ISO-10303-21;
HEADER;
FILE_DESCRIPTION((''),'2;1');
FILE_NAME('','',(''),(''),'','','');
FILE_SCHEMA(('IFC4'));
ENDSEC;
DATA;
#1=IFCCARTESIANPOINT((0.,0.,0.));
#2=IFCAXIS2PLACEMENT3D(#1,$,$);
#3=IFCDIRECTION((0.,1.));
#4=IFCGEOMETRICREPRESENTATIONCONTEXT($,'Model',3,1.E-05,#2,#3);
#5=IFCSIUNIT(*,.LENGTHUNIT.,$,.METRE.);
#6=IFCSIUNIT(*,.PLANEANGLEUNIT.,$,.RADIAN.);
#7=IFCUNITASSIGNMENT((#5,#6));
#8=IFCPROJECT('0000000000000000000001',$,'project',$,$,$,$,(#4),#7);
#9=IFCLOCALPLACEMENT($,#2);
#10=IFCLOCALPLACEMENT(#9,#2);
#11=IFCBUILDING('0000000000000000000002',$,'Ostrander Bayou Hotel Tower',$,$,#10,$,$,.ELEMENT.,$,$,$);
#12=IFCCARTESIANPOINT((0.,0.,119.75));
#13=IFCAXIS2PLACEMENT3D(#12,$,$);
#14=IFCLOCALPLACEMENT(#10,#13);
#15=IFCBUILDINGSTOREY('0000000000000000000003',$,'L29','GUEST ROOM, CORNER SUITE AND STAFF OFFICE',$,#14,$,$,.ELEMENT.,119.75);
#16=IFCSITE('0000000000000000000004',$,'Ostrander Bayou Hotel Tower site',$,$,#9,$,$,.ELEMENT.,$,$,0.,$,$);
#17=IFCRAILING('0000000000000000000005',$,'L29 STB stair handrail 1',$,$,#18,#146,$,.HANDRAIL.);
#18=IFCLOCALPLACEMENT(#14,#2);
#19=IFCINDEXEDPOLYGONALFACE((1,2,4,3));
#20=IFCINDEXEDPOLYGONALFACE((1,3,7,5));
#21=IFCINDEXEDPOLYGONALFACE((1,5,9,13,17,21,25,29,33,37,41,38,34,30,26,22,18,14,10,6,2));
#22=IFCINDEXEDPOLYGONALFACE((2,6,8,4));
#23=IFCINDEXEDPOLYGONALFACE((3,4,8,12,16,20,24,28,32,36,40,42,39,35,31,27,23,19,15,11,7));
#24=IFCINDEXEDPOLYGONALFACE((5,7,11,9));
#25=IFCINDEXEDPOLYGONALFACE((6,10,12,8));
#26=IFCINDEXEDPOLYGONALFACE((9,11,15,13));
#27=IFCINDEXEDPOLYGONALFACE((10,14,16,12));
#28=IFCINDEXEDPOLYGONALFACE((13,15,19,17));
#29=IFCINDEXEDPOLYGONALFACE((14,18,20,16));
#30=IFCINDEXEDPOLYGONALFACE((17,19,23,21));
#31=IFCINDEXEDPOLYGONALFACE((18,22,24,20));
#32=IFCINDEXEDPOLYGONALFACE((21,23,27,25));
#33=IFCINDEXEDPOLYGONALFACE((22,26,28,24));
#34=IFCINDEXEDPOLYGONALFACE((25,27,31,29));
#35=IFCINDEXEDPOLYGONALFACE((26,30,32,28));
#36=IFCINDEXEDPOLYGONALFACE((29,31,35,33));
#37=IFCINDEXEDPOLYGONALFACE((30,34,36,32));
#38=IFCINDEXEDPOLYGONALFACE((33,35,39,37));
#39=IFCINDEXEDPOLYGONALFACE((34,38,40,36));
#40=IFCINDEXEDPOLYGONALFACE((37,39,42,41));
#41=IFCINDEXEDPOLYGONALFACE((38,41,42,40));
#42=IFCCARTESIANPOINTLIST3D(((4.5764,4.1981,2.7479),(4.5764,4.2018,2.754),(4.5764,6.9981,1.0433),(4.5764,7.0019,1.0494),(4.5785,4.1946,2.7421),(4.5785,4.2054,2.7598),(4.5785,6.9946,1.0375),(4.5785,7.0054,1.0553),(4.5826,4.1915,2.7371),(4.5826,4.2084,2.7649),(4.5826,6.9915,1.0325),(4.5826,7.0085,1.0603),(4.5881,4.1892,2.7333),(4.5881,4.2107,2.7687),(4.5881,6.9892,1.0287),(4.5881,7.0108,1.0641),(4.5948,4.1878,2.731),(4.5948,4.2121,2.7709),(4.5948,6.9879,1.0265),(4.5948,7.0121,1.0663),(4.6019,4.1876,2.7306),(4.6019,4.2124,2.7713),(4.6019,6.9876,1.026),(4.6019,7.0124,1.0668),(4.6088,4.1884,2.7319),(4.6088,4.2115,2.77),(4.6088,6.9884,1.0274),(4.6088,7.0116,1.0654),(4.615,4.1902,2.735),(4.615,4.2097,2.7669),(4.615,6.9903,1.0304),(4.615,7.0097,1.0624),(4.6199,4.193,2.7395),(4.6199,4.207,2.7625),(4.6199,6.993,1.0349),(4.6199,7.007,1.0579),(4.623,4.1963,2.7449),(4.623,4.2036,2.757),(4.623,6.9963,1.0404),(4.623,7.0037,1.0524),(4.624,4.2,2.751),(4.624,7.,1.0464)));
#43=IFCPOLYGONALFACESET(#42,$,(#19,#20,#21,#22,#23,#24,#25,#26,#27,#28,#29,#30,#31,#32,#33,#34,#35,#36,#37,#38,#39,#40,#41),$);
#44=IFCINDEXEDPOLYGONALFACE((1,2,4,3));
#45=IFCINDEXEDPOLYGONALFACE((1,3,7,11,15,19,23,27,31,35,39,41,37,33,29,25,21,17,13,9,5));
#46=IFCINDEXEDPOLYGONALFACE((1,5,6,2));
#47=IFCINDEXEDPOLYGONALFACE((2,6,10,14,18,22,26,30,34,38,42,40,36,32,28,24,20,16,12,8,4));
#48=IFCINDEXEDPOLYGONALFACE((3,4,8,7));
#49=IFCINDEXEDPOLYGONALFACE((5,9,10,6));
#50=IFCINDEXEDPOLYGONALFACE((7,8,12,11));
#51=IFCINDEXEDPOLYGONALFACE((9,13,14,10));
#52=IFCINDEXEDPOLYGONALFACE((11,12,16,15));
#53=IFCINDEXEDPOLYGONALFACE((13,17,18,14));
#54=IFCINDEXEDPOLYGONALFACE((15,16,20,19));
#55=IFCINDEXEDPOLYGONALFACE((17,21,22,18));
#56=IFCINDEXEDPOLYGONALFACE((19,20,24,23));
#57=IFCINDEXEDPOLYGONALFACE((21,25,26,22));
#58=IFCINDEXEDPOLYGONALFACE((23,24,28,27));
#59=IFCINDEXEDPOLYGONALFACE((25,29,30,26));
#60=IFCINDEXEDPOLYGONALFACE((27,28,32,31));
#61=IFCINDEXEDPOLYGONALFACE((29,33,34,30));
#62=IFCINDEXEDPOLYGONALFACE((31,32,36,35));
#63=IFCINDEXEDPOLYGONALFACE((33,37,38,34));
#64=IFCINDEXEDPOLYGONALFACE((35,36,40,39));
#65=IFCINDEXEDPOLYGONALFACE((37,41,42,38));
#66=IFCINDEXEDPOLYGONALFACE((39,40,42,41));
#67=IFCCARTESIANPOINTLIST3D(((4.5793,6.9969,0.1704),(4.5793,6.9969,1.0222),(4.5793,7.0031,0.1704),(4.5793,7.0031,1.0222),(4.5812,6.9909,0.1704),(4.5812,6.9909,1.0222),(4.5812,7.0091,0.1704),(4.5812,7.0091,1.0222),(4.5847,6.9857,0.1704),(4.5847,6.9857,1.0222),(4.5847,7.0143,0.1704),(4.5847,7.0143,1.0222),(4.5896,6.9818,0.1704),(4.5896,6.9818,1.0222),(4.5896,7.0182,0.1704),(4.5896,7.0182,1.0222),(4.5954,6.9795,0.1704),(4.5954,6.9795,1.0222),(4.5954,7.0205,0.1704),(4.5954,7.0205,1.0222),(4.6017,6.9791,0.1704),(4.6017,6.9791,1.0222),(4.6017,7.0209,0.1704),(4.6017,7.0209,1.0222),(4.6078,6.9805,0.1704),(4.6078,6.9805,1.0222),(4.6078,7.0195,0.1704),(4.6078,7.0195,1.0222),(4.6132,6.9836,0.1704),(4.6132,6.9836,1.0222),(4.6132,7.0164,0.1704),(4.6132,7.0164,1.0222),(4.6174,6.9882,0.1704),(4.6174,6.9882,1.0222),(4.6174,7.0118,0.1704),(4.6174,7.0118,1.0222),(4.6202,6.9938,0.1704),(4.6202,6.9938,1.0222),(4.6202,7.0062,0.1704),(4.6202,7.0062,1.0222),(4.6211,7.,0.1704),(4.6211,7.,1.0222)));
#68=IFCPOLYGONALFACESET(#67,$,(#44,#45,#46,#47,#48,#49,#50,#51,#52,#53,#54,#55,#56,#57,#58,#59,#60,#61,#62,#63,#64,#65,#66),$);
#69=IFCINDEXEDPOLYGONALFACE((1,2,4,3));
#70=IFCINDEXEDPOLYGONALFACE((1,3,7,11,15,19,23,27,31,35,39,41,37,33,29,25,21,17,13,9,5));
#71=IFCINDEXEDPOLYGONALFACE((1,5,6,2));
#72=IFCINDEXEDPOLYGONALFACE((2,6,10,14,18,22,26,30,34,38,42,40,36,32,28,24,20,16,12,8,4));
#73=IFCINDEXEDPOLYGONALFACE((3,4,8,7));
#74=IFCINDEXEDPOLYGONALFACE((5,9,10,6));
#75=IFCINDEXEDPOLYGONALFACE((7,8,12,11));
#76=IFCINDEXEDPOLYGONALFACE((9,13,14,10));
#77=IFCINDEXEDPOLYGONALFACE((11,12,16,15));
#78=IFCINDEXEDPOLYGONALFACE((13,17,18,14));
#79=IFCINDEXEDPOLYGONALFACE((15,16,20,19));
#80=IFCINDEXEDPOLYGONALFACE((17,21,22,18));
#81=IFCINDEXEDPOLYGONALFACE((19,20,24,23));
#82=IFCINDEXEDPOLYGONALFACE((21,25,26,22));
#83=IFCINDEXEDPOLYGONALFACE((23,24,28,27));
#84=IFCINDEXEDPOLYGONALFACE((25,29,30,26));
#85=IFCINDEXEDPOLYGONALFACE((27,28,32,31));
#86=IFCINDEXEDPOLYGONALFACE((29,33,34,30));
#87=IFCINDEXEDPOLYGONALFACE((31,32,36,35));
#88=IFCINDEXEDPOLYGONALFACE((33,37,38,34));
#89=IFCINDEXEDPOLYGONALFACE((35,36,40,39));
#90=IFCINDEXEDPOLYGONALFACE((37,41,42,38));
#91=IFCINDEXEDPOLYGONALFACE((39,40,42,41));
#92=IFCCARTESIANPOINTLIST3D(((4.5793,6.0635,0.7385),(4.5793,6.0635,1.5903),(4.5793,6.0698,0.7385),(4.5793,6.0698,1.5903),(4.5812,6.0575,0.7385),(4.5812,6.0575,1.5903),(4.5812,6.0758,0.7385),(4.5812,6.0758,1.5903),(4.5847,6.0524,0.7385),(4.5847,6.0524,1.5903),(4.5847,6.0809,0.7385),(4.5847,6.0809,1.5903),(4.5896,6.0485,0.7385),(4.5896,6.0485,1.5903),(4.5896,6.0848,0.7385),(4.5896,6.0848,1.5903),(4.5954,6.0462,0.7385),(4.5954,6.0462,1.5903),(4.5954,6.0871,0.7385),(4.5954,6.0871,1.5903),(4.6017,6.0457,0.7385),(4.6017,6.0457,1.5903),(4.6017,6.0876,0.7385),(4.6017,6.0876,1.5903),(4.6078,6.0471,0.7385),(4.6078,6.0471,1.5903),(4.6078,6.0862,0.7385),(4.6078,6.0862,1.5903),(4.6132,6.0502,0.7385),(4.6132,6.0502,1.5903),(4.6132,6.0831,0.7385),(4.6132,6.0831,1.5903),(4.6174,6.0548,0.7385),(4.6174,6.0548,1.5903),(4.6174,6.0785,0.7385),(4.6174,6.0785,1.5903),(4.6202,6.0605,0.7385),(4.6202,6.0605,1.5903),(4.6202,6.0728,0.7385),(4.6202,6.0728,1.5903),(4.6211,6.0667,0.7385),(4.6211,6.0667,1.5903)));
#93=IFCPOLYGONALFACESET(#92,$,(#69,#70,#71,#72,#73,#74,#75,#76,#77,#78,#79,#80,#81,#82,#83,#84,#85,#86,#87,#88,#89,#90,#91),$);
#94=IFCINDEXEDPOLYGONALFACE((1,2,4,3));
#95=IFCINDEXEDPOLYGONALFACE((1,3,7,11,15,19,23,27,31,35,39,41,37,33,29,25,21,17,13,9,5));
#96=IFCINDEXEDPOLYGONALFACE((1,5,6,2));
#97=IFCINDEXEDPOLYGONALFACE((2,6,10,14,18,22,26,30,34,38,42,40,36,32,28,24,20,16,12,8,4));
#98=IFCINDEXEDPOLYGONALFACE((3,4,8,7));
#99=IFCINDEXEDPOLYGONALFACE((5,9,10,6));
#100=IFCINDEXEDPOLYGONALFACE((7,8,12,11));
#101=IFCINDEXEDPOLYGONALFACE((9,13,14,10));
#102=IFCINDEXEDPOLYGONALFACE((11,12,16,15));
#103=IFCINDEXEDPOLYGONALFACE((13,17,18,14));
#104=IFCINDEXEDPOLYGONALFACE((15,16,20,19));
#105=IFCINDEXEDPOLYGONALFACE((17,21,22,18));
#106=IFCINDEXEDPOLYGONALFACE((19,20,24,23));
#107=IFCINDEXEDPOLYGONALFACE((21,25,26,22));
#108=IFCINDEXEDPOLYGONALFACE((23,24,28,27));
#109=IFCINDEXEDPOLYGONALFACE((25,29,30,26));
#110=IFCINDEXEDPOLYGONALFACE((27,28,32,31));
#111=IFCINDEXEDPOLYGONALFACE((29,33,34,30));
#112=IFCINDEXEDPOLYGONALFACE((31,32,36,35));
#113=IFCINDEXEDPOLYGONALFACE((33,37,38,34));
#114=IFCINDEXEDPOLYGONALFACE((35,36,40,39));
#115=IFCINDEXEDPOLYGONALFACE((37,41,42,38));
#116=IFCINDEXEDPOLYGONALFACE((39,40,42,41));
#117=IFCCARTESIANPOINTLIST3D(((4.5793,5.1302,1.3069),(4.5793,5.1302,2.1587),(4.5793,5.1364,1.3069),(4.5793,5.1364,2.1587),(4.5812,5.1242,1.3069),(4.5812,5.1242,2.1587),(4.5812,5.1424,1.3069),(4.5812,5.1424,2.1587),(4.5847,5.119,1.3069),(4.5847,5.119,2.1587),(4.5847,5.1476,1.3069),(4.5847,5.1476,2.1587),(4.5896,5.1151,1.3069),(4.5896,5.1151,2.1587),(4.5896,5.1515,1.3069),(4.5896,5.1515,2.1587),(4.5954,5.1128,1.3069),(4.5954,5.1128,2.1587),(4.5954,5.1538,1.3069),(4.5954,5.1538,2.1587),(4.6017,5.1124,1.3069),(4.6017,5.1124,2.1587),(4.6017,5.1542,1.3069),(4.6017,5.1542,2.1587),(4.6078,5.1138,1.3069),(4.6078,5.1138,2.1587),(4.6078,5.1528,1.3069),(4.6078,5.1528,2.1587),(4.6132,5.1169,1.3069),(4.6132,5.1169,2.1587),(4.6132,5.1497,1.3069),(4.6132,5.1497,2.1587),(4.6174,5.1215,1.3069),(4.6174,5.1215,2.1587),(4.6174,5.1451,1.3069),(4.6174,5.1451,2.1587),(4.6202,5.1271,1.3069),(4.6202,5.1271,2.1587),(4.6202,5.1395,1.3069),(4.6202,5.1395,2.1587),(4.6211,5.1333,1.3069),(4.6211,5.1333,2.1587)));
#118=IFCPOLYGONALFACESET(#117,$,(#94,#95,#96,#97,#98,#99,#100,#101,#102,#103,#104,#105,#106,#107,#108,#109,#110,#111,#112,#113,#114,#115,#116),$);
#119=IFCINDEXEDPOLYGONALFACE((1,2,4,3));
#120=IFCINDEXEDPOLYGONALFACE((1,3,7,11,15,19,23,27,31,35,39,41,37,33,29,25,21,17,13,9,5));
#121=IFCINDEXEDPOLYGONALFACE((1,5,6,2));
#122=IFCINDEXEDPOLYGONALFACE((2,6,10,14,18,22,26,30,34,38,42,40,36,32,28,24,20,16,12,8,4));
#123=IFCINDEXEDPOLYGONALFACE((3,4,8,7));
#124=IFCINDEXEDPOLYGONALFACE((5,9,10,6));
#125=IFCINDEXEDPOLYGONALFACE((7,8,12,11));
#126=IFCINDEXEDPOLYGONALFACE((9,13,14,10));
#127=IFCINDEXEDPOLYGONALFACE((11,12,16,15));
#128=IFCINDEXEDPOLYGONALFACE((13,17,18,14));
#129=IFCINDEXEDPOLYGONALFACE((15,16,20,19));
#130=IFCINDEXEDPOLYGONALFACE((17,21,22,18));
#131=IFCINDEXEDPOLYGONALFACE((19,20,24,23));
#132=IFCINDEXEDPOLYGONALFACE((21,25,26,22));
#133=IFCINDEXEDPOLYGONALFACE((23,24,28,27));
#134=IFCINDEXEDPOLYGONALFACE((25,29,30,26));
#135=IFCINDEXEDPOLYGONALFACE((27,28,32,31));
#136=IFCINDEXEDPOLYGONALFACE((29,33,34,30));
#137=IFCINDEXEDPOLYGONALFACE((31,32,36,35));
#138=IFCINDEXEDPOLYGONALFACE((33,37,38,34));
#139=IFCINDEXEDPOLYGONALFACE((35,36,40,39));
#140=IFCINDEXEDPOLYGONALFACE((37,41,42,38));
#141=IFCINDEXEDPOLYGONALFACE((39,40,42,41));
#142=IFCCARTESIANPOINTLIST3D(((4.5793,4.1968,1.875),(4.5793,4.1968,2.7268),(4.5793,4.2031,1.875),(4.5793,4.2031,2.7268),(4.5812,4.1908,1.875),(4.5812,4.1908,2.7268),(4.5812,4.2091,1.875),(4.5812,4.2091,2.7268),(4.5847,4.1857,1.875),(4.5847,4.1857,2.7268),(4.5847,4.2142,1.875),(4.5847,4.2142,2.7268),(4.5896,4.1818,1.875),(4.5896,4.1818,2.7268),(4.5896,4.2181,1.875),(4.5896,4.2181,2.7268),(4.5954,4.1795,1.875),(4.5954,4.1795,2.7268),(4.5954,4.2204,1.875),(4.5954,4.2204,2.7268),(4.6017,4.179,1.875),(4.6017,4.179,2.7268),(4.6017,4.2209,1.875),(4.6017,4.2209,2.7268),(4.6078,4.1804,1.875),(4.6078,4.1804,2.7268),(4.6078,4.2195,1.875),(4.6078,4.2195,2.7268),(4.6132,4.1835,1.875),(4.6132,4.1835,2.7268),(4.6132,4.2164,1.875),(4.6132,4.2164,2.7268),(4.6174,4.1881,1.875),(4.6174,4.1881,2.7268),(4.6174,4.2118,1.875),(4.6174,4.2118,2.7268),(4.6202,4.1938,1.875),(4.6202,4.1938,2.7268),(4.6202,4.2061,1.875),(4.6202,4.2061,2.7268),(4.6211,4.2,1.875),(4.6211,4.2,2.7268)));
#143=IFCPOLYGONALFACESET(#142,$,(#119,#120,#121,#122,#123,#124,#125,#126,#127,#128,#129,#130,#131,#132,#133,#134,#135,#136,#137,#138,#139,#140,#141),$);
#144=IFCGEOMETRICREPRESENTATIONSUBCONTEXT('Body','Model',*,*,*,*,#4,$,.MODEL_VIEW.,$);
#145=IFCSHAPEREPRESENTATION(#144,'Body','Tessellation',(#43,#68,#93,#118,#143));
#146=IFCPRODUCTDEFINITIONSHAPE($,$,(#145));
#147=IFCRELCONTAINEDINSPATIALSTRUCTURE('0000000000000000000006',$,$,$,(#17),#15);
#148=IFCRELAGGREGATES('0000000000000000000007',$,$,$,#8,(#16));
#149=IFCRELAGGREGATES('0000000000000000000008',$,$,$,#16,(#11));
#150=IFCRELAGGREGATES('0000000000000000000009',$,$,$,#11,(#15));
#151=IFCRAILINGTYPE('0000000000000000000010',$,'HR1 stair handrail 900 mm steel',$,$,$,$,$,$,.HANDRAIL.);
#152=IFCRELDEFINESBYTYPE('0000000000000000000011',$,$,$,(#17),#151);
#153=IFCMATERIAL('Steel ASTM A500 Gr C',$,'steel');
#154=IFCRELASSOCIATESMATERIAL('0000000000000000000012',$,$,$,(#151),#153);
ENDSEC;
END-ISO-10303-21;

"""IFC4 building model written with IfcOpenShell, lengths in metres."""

from ifc_helpers import new_model, si_unit, direction, frame, origin, origin_2d, place, context, subcontext, project, spatial, circle, extrude, material, type_object, element, save


model = new_model("IFC4")

# Units and contexts
model_context = context("Model", 3, precision=1e-05, world=origin(), true_north=direction((0.0, 1.0)))
body_context = subcontext(model_context, "Body", "Model", "MODEL_VIEW")
ifc_project = project(units=[si_unit("LENGTHUNIT", "METRE"), si_unit("PLANEANGLEUNIT", "RADIAN")], contexts=[model_context])

# Site, building, storey
site_placement = place(None, origin())
site = spatial("IfcSite", under=ifc_project, at=site_placement, Name="Ostrander Bayou Hotel Tower site", CompositionType="ELEMENT", RefElevation=0.0)
building_placement = place(site_placement, origin())
building = spatial("IfcBuilding", under=site, at=building_placement, Name="Ostrander Bayou Hotel Tower", CompositionType="ELEMENT")
storey_placement = place(building_placement, frame((0.0, 0.0, 119.75)))
storey = spatial("IfcBuildingStorey", under=building, at=storey_placement, Name="L29", Description="GUEST ROOM, CORNER SUITE AND STAFF OFFICE", CompositionType="ELEMENT", Elevation=119.75)

# Railing
ifc_material_1 = material(Name="Steel ASTM A500 Gr C", Category="steel")
railing_type_1 = type_object("IfcRailingType", Name="HR1 stair handrail 900 mm steel", PredefinedType="HANDRAIL", material=ifc_material_1)
railing_1_placement = place(storey_placement, frame((4.6001, 7.0, 0.1704)))
element("IfcRailing", 1, at=railing_1_placement, inside=storey, type_object=railing_type_1, Name="L29 STB stair handrail 1", PredefinedType="HANDRAIL", context=body_context, shape_type="SweptSolid", body=[
    extrude(circle(Radius=0.0239, at=origin_2d()), frame((0.0, 0.0, 0.876), z_axis=(0.0, -0.85417, 0.519994), x_axis=(1.0, 0.0, 0.0)), (0.0, 0.0, 1.0), 3.2781),
    extrude(circle(Radius=0.021, at=origin_2d()), origin(), (0.0, 0.0, 1.0), 0.8518),
    extrude(circle(Radius=0.021, at=origin_2d()), frame((0.0, -0.9333, 0.5681)), (0.0, 0.0, 1.0), 0.8518),
    extrude(circle(Radius=0.021, at=origin_2d()), frame((0.0, -1.8667, 1.1365)), (0.0, 0.0, 1.0), 0.8518),
    extrude(circle(Radius=0.021, at=origin_2d()), frame((0.0, -2.8, 1.7046)), (0.0, 0.0, 1.0), 0.8518),
])

save(model, "model.ifc")
